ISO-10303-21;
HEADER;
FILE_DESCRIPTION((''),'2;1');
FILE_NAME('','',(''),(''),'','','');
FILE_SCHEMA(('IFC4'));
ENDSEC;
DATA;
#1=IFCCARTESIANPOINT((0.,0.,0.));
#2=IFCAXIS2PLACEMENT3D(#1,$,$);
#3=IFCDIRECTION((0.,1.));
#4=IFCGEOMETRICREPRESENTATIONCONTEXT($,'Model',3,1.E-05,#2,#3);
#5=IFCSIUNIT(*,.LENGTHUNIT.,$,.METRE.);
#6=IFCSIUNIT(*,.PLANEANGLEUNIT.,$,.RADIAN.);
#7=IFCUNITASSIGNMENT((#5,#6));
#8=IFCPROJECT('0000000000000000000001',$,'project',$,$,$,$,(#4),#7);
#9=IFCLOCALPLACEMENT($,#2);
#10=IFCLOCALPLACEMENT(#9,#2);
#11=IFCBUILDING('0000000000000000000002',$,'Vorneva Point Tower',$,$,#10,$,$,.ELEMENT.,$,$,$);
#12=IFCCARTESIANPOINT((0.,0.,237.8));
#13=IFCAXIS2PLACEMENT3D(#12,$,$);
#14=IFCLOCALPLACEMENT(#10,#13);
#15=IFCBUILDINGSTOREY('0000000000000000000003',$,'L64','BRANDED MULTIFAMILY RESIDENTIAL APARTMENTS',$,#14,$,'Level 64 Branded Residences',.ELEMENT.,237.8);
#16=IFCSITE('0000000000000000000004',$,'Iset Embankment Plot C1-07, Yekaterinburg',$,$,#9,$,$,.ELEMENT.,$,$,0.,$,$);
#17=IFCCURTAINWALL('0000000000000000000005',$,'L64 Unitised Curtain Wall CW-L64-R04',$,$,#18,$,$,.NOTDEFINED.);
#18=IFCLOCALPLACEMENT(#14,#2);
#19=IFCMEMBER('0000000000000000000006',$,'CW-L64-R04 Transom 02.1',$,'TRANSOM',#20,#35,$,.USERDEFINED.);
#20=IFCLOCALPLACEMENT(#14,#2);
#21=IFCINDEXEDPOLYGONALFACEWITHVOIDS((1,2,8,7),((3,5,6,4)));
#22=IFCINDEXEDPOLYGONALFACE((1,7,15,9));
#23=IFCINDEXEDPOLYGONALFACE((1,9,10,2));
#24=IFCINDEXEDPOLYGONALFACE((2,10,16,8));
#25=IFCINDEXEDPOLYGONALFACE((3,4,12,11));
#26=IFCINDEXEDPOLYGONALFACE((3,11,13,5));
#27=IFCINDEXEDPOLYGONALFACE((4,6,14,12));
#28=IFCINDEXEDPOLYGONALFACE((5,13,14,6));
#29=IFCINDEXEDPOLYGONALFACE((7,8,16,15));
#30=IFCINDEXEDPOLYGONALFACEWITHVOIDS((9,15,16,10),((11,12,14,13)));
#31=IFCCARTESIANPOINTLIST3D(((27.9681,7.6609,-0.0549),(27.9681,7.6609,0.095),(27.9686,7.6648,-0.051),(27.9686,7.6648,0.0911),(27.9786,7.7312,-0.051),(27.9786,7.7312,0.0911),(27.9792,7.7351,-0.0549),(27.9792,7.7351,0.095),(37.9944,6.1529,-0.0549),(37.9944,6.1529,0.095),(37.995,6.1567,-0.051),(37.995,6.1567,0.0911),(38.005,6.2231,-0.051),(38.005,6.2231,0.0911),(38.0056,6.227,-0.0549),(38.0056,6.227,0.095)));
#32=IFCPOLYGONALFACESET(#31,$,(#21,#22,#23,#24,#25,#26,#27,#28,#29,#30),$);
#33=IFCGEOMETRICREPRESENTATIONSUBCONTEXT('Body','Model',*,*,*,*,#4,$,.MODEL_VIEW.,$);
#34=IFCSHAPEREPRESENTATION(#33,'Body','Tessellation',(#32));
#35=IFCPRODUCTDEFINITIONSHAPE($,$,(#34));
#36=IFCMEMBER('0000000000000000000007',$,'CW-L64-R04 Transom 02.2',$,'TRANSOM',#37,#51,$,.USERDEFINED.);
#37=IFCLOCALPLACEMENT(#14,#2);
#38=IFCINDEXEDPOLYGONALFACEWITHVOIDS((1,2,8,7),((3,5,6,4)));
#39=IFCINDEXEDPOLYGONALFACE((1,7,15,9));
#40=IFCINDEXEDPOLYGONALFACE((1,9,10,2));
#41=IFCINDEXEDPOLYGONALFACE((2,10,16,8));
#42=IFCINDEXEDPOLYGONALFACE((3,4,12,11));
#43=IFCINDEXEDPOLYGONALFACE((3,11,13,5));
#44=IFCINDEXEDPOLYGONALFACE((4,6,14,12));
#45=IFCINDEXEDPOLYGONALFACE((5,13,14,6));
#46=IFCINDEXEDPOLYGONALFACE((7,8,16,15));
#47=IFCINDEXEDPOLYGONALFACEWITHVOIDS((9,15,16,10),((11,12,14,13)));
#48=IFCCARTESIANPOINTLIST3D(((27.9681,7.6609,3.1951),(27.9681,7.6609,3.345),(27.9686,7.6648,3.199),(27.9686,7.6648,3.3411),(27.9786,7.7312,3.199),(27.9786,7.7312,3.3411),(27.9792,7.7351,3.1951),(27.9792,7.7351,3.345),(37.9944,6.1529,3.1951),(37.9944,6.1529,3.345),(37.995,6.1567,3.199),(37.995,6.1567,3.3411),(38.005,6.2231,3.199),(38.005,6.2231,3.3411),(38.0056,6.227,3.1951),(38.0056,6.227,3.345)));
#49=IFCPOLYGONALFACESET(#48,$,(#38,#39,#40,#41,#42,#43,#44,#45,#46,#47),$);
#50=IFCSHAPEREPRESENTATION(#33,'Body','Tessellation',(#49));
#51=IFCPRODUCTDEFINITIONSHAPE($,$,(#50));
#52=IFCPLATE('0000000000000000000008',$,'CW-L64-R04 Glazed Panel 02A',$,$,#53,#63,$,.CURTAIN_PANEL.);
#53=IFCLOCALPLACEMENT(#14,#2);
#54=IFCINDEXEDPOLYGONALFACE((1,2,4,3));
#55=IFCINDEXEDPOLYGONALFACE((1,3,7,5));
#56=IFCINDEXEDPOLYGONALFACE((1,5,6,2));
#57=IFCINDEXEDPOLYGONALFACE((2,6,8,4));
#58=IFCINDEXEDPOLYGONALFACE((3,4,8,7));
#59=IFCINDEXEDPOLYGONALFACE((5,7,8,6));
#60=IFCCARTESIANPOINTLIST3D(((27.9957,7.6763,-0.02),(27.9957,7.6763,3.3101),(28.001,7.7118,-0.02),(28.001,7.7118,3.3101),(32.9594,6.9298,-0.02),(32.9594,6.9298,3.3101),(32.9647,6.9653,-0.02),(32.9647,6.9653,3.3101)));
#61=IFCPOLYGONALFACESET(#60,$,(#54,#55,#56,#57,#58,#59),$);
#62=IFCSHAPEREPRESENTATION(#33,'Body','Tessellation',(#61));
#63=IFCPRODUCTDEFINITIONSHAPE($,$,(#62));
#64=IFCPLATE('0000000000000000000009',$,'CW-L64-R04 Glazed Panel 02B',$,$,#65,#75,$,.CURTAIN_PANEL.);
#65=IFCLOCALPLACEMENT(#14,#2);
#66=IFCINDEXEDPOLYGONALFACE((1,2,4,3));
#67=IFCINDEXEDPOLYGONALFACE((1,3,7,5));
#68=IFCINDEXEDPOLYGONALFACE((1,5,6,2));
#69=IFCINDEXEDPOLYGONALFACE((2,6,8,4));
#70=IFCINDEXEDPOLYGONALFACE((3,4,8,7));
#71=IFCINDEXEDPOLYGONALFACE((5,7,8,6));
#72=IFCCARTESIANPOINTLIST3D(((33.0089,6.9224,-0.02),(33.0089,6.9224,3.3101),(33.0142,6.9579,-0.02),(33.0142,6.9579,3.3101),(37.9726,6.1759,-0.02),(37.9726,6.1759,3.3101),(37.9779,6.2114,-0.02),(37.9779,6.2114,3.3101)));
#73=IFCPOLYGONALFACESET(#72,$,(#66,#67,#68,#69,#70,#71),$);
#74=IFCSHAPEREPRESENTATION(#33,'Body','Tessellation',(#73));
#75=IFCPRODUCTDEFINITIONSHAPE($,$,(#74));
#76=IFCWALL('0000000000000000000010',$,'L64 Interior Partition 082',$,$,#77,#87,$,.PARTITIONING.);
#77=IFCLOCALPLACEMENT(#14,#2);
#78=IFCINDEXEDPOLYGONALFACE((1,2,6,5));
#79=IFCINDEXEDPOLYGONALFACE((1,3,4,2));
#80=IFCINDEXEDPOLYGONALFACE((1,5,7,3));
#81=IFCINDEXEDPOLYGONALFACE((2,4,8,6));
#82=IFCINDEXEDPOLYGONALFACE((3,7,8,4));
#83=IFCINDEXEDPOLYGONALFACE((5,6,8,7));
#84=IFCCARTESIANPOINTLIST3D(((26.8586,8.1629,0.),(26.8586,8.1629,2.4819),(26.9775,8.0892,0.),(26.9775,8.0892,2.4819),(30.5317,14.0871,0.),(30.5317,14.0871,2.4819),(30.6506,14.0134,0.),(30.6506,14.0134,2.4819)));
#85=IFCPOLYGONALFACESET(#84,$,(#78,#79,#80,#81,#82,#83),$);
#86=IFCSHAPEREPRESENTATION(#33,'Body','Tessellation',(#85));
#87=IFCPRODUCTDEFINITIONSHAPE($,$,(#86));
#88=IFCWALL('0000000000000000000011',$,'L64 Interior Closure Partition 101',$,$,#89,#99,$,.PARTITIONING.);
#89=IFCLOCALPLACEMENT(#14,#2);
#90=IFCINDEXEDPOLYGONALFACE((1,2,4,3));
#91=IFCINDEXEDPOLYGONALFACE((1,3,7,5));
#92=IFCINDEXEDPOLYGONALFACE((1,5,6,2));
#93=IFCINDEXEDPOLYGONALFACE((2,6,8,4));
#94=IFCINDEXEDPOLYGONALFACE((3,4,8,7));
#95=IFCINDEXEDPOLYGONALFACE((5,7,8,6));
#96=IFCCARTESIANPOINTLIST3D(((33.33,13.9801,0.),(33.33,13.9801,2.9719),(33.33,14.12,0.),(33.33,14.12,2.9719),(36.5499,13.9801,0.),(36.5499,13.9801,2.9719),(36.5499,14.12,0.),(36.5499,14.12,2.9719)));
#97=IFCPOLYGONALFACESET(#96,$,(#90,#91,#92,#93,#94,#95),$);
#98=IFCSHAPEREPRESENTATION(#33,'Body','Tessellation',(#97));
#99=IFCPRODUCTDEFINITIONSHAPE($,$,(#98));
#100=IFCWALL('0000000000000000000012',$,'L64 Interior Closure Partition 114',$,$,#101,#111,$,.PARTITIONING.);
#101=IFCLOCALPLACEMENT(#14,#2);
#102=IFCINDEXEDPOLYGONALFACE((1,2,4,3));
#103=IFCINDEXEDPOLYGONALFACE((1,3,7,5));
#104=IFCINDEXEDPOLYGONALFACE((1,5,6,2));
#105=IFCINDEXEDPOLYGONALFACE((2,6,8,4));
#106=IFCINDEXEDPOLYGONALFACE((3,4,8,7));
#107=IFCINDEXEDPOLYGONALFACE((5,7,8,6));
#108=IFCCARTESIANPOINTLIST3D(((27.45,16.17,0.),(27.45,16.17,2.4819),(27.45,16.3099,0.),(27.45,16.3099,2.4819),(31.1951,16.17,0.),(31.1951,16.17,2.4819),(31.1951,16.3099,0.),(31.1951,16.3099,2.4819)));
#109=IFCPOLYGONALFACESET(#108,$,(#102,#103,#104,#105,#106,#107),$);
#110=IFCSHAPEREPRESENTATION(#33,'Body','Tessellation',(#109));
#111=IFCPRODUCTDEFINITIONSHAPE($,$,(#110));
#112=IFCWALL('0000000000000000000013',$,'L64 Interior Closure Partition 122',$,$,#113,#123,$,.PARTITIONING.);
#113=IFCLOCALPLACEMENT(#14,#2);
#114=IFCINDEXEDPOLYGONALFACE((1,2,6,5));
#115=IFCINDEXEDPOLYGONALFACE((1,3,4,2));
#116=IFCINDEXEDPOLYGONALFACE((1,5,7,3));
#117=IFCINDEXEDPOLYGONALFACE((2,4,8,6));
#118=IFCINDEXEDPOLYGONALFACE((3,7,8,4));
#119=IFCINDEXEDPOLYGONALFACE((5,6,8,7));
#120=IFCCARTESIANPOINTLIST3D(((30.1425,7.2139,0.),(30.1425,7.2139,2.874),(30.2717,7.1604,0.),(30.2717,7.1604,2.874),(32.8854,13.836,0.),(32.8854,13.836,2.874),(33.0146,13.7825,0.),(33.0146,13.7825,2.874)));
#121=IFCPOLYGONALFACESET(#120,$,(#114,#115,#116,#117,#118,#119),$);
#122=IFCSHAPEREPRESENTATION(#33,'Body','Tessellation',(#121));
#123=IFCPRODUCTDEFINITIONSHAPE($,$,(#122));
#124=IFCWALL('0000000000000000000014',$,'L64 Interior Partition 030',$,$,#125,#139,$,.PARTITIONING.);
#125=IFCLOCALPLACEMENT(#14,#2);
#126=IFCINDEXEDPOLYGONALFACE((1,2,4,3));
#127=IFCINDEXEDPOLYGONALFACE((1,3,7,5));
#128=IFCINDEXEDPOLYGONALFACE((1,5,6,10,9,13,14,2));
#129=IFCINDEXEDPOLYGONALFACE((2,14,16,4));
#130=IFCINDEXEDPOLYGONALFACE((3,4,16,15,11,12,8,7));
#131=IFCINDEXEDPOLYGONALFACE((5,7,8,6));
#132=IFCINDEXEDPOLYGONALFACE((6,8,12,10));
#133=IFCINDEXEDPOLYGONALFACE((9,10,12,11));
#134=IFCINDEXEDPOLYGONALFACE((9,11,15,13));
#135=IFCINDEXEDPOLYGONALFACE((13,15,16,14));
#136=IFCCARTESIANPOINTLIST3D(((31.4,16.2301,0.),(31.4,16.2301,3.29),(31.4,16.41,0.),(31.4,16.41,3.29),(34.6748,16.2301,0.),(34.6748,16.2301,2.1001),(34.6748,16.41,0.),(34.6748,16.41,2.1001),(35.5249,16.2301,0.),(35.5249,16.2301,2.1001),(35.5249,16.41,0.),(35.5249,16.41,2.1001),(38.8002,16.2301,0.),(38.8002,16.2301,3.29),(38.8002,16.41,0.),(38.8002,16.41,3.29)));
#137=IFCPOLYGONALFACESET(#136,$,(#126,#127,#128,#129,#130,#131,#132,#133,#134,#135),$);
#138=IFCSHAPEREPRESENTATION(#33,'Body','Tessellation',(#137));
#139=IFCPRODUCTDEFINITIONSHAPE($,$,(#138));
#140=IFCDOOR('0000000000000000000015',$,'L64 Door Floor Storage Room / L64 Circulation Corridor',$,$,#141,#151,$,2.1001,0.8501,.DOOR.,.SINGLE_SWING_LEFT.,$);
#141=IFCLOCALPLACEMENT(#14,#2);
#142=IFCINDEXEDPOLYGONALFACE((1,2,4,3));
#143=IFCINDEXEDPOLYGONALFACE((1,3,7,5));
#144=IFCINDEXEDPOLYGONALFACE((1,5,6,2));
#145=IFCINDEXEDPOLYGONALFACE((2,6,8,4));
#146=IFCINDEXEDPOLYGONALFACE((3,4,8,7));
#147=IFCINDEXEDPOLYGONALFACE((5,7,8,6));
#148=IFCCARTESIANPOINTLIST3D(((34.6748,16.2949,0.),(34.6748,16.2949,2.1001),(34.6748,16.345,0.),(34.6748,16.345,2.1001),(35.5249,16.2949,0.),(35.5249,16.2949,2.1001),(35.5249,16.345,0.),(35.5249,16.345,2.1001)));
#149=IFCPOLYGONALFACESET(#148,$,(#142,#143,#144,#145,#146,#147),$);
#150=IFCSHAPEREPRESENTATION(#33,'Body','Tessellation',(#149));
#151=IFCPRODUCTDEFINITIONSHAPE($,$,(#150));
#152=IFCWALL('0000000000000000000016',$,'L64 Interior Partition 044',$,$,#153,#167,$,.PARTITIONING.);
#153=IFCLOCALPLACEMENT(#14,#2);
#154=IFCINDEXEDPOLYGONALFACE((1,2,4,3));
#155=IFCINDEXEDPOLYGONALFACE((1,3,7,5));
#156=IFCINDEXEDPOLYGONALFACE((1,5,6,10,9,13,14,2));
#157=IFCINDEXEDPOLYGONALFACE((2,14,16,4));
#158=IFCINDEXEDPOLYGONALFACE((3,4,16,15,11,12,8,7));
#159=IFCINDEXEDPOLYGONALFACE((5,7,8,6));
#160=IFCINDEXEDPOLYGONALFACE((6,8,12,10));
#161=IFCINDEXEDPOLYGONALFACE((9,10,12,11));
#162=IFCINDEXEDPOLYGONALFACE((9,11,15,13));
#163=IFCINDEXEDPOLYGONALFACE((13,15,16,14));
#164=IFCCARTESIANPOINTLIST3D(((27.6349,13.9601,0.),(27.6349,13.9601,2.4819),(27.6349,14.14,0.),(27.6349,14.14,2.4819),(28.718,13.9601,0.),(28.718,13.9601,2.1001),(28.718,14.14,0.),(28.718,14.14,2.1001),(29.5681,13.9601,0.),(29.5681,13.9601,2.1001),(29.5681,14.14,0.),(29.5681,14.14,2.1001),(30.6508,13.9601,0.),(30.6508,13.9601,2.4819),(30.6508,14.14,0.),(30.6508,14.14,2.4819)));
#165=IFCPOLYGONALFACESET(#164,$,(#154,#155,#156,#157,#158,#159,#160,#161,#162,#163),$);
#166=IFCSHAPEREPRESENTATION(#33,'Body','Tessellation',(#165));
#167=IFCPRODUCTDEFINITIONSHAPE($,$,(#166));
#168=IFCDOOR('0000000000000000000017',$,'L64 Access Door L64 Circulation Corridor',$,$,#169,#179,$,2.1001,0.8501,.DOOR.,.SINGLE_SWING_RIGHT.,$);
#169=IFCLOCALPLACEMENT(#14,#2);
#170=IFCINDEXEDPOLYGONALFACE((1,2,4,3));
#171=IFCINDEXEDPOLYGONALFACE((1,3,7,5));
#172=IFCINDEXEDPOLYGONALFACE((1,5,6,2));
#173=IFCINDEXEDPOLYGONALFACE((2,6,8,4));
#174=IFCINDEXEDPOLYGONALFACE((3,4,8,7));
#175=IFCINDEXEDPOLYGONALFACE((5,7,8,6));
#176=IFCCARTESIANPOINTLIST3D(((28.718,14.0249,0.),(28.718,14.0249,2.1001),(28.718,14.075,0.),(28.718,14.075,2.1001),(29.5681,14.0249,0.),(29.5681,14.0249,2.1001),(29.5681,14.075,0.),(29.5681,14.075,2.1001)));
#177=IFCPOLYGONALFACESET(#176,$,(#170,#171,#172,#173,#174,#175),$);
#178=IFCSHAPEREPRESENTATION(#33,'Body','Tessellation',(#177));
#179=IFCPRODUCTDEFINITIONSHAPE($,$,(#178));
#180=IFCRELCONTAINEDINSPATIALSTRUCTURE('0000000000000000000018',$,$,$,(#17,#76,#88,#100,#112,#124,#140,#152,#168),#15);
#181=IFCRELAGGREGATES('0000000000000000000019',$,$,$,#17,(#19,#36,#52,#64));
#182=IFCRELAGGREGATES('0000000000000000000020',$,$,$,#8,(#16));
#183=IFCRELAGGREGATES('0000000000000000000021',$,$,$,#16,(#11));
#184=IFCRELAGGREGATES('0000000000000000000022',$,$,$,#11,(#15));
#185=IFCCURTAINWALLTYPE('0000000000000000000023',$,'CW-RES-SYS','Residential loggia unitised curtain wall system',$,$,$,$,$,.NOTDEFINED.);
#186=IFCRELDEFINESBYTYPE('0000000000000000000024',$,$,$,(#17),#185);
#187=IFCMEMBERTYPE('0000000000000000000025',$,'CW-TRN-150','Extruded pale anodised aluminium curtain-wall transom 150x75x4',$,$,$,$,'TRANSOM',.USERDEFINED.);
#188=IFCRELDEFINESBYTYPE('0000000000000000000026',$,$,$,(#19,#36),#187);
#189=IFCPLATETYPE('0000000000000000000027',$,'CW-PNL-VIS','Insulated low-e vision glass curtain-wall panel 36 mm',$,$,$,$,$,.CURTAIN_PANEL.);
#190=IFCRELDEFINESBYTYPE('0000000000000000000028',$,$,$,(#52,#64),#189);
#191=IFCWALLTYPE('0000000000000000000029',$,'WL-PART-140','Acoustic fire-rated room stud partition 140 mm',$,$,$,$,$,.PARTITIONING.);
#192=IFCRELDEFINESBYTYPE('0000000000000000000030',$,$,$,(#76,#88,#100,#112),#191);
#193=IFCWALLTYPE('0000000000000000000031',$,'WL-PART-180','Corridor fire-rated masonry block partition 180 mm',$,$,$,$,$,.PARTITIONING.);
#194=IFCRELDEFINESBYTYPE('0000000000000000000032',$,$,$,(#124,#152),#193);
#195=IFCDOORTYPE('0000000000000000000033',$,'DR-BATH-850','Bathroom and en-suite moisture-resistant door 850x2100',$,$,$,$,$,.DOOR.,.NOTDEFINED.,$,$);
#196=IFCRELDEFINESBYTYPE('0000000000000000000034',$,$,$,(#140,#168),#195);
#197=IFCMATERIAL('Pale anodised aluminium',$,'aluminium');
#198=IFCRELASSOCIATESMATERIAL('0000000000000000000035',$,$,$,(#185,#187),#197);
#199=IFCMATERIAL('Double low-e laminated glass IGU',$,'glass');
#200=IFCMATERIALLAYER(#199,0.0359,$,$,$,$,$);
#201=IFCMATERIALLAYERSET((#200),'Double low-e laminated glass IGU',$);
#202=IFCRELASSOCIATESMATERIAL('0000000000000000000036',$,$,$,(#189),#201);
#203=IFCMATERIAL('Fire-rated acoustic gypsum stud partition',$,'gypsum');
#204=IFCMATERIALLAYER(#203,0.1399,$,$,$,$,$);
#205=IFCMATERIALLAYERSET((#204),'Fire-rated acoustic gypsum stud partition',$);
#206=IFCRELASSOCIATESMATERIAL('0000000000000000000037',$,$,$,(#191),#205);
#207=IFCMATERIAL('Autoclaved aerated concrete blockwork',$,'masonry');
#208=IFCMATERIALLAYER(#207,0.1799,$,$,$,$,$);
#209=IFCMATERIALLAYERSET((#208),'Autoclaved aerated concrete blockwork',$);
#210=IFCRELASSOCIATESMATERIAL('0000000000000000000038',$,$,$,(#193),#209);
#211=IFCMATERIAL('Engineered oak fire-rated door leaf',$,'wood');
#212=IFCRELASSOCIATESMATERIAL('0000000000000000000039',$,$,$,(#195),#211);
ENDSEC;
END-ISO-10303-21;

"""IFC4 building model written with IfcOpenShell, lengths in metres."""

from ifc_helpers import new_model, si_unit, direction, frame, frame_2d, origin, origin_2d, place, context, subcontext, project, spatial, rectangle, hollow_rectangle, extrude, material, layer, layer_set, material_profile, profile_set, type_object, element, fill, aggregate, save


model = new_model("IFC4")

# Units and contexts
model_context = context("Model", 3, precision=1e-05, world=origin(), true_north=direction((0.0, 1.0)))
body_context = subcontext(model_context, "Body", "Model", "MODEL_VIEW")
ifc_project = project(units=[si_unit("LENGTHUNIT", "METRE"), si_unit("PLANEANGLEUNIT", "RADIAN")], contexts=[model_context])

# Site, building, storey
site_placement = place(None, origin())
site = spatial("IfcSite", under=ifc_project, at=site_placement, Name="Iset Embankment Plot C1-07, Yekaterinburg", CompositionType="ELEMENT", RefElevation=0.0)
building_placement = place(site_placement, origin())
building = spatial("IfcBuilding", under=site, at=building_placement, Name="Vorneva Point Tower", CompositionType="ELEMENT")
storey_placement = place(building_placement, frame((0.0, 0.0, 237.8)))
storey = spatial("IfcBuildingStorey", under=building, at=storey_placement, Name="L64", Description="BRANDED MULTIFAMILY RESIDENTIAL APARTMENTS", LongName="Level 64 Branded Residences", CompositionType="ELEMENT", Elevation=237.8)

# Curtain wall, members, plates
ifc_material_1 = material(Name="Pale anodised aluminium", Category="aluminium")
curtain_wall_type = type_object("IfcCurtainWallType", Name="CW-RES-SYS", Description="Residential loggia unitised curtain wall system", PredefinedType="NOTDEFINED", material=ifc_material_1)
curtain_wall_placement = place(storey_placement, origin())
curtain_wall = element("IfcCurtainWall", 1, at=curtain_wall_placement, inside=storey, type_object=curtain_wall_type, Name="L64 Unitised Curtain Wall CW-L64-R04", PredefinedType="NOTDEFINED")
ifc_material_profile_1 = material_profile(ifc_material_1, hollow_rectangle(XDim=0.075, YDim=0.1499, WallThickness=0.0039, at=origin_2d()), Name="AL-TRN 150x75x4")
ifc_profile_set_1 = profile_set([ifc_material_profile_1], Name="Pale anodised aluminium")
member_type_1 = type_object("IfcMemberType", Name="CW-TRN-150", Description="Extruded pale anodised aluminium curtain-wall transom 150x75x4", ElementType="TRANSOM", PredefinedType="USERDEFINED", material=ifc_profile_set_1)
member_1_placement = place(storey_placement, frame((27.9736, 7.698, 0.02), z_axis=(0.988877, -0.148736, 0.0), x_axis=(0.148736, 0.988877, 0.0)))
member_1 = element("IfcMember", 2, at=member_1_placement, type_object=member_type_1, Name="CW-L64-R04 Transom 02.1", ObjectType="TRANSOM", PredefinedType="USERDEFINED", context=body_context, shape_type="SweptSolid", body=[
    extrude(hollow_rectangle(XDim=0.075, YDim=0.1499, WallThickness=0.0039, at=origin_2d()), origin(), (0.0, 0.0, 1.0), 10.1392),
])
member_2_placement = place(storey_placement, frame((27.9736, 7.698, 3.27), z_axis=(0.988877, -0.148736, 0.0), x_axis=(0.148736, 0.988877, 0.0)))
member_2 = element("IfcMember", 3, at=member_2_placement, type_object=member_type_1, Name="CW-L64-R04 Transom 02.2", ObjectType="TRANSOM", PredefinedType="USERDEFINED", context=body_context, shape_type="SweptSolid", body=[
    extrude(hollow_rectangle(XDim=0.075, YDim=0.1499, WallThickness=0.0039, at=origin_2d()), origin(), (0.0, 0.0, 1.0), 10.1392),
])
ifc_material_2 = material(Name="Double low-e laminated glass IGU", Category="glass")
ifc_layer_1 = layer(ifc_material_2, 0.0359)
ifc_layer_set_1 = layer_set([ifc_layer_1], Name="Double low-e laminated glass IGU")
plate_type = type_object("IfcPlateType", Name="CW-PNL-VIS", Description="Insulated low-e vision glass curtain-wall panel 36 mm", PredefinedType="CURTAIN_PANEL", material=ifc_layer_set_1)
plate_1_placement = place(storey_placement, frame((30.4802, 7.3208, -0.02), z_axis=(0.0, 0.0, 1.0), x_axis=(0.988879, -0.148724, 0.0)))
plate_1 = element("IfcPlate", 4, at=plate_1_placement, type_object=plate_type, Name="CW-L64-R04 Glazed Panel 02A", PredefinedType="CURTAIN_PANEL", context=body_context, shape_type="SweptSolid", body=[
    extrude(rectangle(XDim=5.0195, YDim=0.0359, at=origin_2d()), origin(), (0.0, 0.0, 1.0), 3.3301),
])
plate_2_placement = place(storey_placement, frame((35.4934, 6.5669, -0.02), z_axis=(0.0, 0.0, 1.0), x_axis=(0.988879, -0.148724, 0.0)))
plate_2 = element("IfcPlate", 5, at=plate_2_placement, type_object=plate_type, Name="CW-L64-R04 Glazed Panel 02B", PredefinedType="CURTAIN_PANEL", context=body_context, shape_type="SweptSolid", body=[
    extrude(rectangle(XDim=5.0195, YDim=0.0359, at=origin_2d()), origin(), (0.0, 0.0, 1.0), 3.3301),
])
aggregate(curtain_wall, [member_1, member_2, plate_1, plate_2])

# Walls
ifc_material_3 = material(Name="Fire-rated acoustic gypsum stud partition", Category="gypsum")
ifc_layer_2 = layer(ifc_material_3, 0.1399)
ifc_layer_set_2 = layer_set([ifc_layer_2], Name="Fire-rated acoustic gypsum stud partition")
wall_type_1 = type_object("IfcWallType", Name="WL-PART-140", Description="Acoustic fire-rated room stud partition 140 mm", PredefinedType="PARTITIONING", material=ifc_layer_set_2)
wall_1_placement = place(storey_placement, frame((26.918, 8.126, 0.0), z_axis=(0.0, 0.0, 1.0), x_axis=(0.526957, 0.849892, 0.0)))
element("IfcWall", 6, at=wall_1_placement, inside=storey, type_object=wall_type_1, Name="L64 Interior Partition 082", PredefinedType="PARTITIONING", context=body_context, shape_type="SweptSolid", body=[
    extrude(rectangle(XDim=6.9705, YDim=0.1399, at=frame_2d((3.4854, 0.0))), origin(), (0.0, 0.0, 1.0), 2.4819),
])
wall_2_placement = place(storey_placement, frame((33.3301, 14.05, 0.0), z_axis=(0.0, 0.0, 1.0), x_axis=(1.0, 0.0, 0.0)))
element("IfcWall", 7, at=wall_2_placement, inside=storey, type_object=wall_type_1, Name="L64 Interior Closure Partition 101", PredefinedType="PARTITIONING", context=body_context, shape_type="SweptSolid", body=[
    extrude(rectangle(XDim=3.22, YDim=0.1399, at=frame_2d((1.6099, 0.0))), origin(), (0.0, 0.0, 1.0), 2.9719),
])
wall_3_placement = place(storey_placement, frame((27.45, 16.24, 0.0), z_axis=(0.0, 0.0, 1.0), x_axis=(1.0, 0.0, 0.0)))
element("IfcWall", 8, at=wall_3_placement, inside=storey, type_object=wall_type_1, Name="L64 Interior Closure Partition 114", PredefinedType="PARTITIONING", context=body_context, shape_type="SweptSolid", body=[
    extrude(rectangle(XDim=3.7451, YDim=0.1399, at=frame_2d((1.8726, 0.0))), origin(), (0.0, 0.0, 1.0), 2.4819),
])
wall_4_placement = place(storey_placement, frame((30.207, 7.187, 0.0), z_axis=(0.0, 0.0, 1.0), x_axis=(0.38268, 0.923881, 0.0)))
element("IfcWall", 9, at=wall_4_placement, inside=storey, type_object=wall_type_1, Name="L64 Interior Closure Partition 122", PredefinedType="PARTITIONING", context=body_context, shape_type="SweptSolid", body=[
    extrude(rectangle(XDim=7.1677, YDim=0.1399, at=frame_2d((3.584, 0.0))), origin(), (0.0, 0.0, 1.0), 2.874),
])

# Walls, openings, doors
ifc_material_4 = material(Name="Autoclaved aerated concrete blockwork", Category="masonry")
ifc_layer_3 = layer(ifc_material_4, 0.1799)
ifc_layer_set_3 = layer_set([ifc_layer_3], Name="Autoclaved aerated concrete blockwork")
wall_type_2 = type_object("IfcWallType", Name="WL-PART-180", Description="Corridor fire-rated masonry block partition 180 mm", PredefinedType="PARTITIONING", material=ifc_layer_set_3)
wall_5_placement = place(storey_placement, frame((31.3999, 16.3201, 0.0), z_axis=(0.0, 0.0, 1.0), x_axis=(1.0, 0.0, 0.0)))
wall_5 = element("IfcWall", 10, at=wall_5_placement, inside=storey, type_object=wall_type_2, Name="L64 Interior Partition 030", PredefinedType="PARTITIONING", context=body_context, shape_type="SweptSolid", body=[
    extrude(rectangle(XDim=7.4001, YDim=0.1799, at=frame_2d((3.7002, 0.0))), origin(), (0.0, 0.0, 1.0), 3.29),
])
opening_1_placement = place(wall_5_placement, frame((3.2749, 0.0, 0.0)))
opening_1 = element("IfcOpeningElement", 11, at=opening_1_placement, cuts=wall_5, PredefinedType="OPENING", context=body_context, shape_type="SweptSolid", body=[
    extrude(rectangle(XDim=0.8501, YDim=2.1001, at=frame_2d((0.425, 1.05))), frame((0.0, 0.105, 0.0), z_axis=(0.0, -1.0, 0.0), x_axis=(1.0, 0.0, 0.0)), (0.0, 0.0, 1.0), 0.2097),
])
ifc_material_5 = material(Name="Engineered oak fire-rated door leaf", Category="wood")
door_type = type_object("IfcDoorType", Name="DR-BATH-850", Description="Bathroom and en-suite moisture-resistant door 850x2100", OperationType="NOTDEFINED", PredefinedType="DOOR", material=ifc_material_5)
door_1_placement = place(opening_1_placement, origin())
door_1 = element("IfcDoor", 12, at=door_1_placement, inside=storey, type_object=door_type, Name="L64 Door Floor Storage Room / L64 Circulation Corridor", OperationType="SINGLE_SWING_LEFT", OverallHeight=2.1001, OverallWidth=0.8501, PredefinedType="DOOR", context=body_context, shape_type="SweptSolid", body=[
    extrude(rectangle(XDim=0.8501, YDim=2.1001, at=frame_2d((0.425, 1.05))), frame((0.0, 0.0249, 0.0), z_axis=(0.0, -1.0, 0.0), x_axis=(1.0, 0.0, 0.0)), (0.0, 0.0, 1.0), 0.05),
])
fill(opening_1, door_1)
wall_6_placement = place(storey_placement, frame((27.635, 14.05, 0.0), z_axis=(0.0, 0.0, 1.0), x_axis=(1.0, 0.0, 0.0)))
wall_6 = element("IfcWall", 13, at=wall_6_placement, inside=storey, type_object=wall_type_2, Name="L64 Interior Partition 044", PredefinedType="PARTITIONING", context=body_context, shape_type="SweptSolid", body=[
    extrude(rectangle(XDim=3.0159, YDim=0.1799, at=frame_2d((1.5078, 0.0))), origin(), (0.0, 0.0, 1.0), 2.4819),
])
opening_2_placement = place(wall_6_placement, frame((1.083, 0.0, 0.0)))
opening_2 = element("IfcOpeningElement", 14, at=opening_2_placement, cuts=wall_6, PredefinedType="OPENING", context=body_context, shape_type="SweptSolid", body=[
    extrude(rectangle(XDim=0.8501, YDim=2.1001, at=frame_2d((0.425, 1.05))), frame((0.0, 0.105, 0.0), z_axis=(0.0, -1.0, 0.0), x_axis=(1.0, 0.0, 0.0)), (0.0, 0.0, 1.0), 0.2097),
])
door_2_placement = place(opening_2_placement, origin())
door_2 = element("IfcDoor", 15, at=door_2_placement, inside=storey, type_object=door_type, Name="L64 Access Door L64 Circulation Corridor", OperationType="SINGLE_SWING_RIGHT", OverallHeight=2.1001, OverallWidth=0.8501, PredefinedType="DOOR", context=body_context, shape_type="SweptSolid", body=[
    extrude(rectangle(XDim=0.8501, YDim=2.1001, at=frame_2d((0.425, 1.05))), frame((0.0, 0.0249, 0.0), z_axis=(0.0, -1.0, 0.0), x_axis=(1.0, 0.0, 0.0)), (0.0, 0.0, 1.0), 0.05),
])
fill(opening_2, door_2)

save(model, "model.ifc")
